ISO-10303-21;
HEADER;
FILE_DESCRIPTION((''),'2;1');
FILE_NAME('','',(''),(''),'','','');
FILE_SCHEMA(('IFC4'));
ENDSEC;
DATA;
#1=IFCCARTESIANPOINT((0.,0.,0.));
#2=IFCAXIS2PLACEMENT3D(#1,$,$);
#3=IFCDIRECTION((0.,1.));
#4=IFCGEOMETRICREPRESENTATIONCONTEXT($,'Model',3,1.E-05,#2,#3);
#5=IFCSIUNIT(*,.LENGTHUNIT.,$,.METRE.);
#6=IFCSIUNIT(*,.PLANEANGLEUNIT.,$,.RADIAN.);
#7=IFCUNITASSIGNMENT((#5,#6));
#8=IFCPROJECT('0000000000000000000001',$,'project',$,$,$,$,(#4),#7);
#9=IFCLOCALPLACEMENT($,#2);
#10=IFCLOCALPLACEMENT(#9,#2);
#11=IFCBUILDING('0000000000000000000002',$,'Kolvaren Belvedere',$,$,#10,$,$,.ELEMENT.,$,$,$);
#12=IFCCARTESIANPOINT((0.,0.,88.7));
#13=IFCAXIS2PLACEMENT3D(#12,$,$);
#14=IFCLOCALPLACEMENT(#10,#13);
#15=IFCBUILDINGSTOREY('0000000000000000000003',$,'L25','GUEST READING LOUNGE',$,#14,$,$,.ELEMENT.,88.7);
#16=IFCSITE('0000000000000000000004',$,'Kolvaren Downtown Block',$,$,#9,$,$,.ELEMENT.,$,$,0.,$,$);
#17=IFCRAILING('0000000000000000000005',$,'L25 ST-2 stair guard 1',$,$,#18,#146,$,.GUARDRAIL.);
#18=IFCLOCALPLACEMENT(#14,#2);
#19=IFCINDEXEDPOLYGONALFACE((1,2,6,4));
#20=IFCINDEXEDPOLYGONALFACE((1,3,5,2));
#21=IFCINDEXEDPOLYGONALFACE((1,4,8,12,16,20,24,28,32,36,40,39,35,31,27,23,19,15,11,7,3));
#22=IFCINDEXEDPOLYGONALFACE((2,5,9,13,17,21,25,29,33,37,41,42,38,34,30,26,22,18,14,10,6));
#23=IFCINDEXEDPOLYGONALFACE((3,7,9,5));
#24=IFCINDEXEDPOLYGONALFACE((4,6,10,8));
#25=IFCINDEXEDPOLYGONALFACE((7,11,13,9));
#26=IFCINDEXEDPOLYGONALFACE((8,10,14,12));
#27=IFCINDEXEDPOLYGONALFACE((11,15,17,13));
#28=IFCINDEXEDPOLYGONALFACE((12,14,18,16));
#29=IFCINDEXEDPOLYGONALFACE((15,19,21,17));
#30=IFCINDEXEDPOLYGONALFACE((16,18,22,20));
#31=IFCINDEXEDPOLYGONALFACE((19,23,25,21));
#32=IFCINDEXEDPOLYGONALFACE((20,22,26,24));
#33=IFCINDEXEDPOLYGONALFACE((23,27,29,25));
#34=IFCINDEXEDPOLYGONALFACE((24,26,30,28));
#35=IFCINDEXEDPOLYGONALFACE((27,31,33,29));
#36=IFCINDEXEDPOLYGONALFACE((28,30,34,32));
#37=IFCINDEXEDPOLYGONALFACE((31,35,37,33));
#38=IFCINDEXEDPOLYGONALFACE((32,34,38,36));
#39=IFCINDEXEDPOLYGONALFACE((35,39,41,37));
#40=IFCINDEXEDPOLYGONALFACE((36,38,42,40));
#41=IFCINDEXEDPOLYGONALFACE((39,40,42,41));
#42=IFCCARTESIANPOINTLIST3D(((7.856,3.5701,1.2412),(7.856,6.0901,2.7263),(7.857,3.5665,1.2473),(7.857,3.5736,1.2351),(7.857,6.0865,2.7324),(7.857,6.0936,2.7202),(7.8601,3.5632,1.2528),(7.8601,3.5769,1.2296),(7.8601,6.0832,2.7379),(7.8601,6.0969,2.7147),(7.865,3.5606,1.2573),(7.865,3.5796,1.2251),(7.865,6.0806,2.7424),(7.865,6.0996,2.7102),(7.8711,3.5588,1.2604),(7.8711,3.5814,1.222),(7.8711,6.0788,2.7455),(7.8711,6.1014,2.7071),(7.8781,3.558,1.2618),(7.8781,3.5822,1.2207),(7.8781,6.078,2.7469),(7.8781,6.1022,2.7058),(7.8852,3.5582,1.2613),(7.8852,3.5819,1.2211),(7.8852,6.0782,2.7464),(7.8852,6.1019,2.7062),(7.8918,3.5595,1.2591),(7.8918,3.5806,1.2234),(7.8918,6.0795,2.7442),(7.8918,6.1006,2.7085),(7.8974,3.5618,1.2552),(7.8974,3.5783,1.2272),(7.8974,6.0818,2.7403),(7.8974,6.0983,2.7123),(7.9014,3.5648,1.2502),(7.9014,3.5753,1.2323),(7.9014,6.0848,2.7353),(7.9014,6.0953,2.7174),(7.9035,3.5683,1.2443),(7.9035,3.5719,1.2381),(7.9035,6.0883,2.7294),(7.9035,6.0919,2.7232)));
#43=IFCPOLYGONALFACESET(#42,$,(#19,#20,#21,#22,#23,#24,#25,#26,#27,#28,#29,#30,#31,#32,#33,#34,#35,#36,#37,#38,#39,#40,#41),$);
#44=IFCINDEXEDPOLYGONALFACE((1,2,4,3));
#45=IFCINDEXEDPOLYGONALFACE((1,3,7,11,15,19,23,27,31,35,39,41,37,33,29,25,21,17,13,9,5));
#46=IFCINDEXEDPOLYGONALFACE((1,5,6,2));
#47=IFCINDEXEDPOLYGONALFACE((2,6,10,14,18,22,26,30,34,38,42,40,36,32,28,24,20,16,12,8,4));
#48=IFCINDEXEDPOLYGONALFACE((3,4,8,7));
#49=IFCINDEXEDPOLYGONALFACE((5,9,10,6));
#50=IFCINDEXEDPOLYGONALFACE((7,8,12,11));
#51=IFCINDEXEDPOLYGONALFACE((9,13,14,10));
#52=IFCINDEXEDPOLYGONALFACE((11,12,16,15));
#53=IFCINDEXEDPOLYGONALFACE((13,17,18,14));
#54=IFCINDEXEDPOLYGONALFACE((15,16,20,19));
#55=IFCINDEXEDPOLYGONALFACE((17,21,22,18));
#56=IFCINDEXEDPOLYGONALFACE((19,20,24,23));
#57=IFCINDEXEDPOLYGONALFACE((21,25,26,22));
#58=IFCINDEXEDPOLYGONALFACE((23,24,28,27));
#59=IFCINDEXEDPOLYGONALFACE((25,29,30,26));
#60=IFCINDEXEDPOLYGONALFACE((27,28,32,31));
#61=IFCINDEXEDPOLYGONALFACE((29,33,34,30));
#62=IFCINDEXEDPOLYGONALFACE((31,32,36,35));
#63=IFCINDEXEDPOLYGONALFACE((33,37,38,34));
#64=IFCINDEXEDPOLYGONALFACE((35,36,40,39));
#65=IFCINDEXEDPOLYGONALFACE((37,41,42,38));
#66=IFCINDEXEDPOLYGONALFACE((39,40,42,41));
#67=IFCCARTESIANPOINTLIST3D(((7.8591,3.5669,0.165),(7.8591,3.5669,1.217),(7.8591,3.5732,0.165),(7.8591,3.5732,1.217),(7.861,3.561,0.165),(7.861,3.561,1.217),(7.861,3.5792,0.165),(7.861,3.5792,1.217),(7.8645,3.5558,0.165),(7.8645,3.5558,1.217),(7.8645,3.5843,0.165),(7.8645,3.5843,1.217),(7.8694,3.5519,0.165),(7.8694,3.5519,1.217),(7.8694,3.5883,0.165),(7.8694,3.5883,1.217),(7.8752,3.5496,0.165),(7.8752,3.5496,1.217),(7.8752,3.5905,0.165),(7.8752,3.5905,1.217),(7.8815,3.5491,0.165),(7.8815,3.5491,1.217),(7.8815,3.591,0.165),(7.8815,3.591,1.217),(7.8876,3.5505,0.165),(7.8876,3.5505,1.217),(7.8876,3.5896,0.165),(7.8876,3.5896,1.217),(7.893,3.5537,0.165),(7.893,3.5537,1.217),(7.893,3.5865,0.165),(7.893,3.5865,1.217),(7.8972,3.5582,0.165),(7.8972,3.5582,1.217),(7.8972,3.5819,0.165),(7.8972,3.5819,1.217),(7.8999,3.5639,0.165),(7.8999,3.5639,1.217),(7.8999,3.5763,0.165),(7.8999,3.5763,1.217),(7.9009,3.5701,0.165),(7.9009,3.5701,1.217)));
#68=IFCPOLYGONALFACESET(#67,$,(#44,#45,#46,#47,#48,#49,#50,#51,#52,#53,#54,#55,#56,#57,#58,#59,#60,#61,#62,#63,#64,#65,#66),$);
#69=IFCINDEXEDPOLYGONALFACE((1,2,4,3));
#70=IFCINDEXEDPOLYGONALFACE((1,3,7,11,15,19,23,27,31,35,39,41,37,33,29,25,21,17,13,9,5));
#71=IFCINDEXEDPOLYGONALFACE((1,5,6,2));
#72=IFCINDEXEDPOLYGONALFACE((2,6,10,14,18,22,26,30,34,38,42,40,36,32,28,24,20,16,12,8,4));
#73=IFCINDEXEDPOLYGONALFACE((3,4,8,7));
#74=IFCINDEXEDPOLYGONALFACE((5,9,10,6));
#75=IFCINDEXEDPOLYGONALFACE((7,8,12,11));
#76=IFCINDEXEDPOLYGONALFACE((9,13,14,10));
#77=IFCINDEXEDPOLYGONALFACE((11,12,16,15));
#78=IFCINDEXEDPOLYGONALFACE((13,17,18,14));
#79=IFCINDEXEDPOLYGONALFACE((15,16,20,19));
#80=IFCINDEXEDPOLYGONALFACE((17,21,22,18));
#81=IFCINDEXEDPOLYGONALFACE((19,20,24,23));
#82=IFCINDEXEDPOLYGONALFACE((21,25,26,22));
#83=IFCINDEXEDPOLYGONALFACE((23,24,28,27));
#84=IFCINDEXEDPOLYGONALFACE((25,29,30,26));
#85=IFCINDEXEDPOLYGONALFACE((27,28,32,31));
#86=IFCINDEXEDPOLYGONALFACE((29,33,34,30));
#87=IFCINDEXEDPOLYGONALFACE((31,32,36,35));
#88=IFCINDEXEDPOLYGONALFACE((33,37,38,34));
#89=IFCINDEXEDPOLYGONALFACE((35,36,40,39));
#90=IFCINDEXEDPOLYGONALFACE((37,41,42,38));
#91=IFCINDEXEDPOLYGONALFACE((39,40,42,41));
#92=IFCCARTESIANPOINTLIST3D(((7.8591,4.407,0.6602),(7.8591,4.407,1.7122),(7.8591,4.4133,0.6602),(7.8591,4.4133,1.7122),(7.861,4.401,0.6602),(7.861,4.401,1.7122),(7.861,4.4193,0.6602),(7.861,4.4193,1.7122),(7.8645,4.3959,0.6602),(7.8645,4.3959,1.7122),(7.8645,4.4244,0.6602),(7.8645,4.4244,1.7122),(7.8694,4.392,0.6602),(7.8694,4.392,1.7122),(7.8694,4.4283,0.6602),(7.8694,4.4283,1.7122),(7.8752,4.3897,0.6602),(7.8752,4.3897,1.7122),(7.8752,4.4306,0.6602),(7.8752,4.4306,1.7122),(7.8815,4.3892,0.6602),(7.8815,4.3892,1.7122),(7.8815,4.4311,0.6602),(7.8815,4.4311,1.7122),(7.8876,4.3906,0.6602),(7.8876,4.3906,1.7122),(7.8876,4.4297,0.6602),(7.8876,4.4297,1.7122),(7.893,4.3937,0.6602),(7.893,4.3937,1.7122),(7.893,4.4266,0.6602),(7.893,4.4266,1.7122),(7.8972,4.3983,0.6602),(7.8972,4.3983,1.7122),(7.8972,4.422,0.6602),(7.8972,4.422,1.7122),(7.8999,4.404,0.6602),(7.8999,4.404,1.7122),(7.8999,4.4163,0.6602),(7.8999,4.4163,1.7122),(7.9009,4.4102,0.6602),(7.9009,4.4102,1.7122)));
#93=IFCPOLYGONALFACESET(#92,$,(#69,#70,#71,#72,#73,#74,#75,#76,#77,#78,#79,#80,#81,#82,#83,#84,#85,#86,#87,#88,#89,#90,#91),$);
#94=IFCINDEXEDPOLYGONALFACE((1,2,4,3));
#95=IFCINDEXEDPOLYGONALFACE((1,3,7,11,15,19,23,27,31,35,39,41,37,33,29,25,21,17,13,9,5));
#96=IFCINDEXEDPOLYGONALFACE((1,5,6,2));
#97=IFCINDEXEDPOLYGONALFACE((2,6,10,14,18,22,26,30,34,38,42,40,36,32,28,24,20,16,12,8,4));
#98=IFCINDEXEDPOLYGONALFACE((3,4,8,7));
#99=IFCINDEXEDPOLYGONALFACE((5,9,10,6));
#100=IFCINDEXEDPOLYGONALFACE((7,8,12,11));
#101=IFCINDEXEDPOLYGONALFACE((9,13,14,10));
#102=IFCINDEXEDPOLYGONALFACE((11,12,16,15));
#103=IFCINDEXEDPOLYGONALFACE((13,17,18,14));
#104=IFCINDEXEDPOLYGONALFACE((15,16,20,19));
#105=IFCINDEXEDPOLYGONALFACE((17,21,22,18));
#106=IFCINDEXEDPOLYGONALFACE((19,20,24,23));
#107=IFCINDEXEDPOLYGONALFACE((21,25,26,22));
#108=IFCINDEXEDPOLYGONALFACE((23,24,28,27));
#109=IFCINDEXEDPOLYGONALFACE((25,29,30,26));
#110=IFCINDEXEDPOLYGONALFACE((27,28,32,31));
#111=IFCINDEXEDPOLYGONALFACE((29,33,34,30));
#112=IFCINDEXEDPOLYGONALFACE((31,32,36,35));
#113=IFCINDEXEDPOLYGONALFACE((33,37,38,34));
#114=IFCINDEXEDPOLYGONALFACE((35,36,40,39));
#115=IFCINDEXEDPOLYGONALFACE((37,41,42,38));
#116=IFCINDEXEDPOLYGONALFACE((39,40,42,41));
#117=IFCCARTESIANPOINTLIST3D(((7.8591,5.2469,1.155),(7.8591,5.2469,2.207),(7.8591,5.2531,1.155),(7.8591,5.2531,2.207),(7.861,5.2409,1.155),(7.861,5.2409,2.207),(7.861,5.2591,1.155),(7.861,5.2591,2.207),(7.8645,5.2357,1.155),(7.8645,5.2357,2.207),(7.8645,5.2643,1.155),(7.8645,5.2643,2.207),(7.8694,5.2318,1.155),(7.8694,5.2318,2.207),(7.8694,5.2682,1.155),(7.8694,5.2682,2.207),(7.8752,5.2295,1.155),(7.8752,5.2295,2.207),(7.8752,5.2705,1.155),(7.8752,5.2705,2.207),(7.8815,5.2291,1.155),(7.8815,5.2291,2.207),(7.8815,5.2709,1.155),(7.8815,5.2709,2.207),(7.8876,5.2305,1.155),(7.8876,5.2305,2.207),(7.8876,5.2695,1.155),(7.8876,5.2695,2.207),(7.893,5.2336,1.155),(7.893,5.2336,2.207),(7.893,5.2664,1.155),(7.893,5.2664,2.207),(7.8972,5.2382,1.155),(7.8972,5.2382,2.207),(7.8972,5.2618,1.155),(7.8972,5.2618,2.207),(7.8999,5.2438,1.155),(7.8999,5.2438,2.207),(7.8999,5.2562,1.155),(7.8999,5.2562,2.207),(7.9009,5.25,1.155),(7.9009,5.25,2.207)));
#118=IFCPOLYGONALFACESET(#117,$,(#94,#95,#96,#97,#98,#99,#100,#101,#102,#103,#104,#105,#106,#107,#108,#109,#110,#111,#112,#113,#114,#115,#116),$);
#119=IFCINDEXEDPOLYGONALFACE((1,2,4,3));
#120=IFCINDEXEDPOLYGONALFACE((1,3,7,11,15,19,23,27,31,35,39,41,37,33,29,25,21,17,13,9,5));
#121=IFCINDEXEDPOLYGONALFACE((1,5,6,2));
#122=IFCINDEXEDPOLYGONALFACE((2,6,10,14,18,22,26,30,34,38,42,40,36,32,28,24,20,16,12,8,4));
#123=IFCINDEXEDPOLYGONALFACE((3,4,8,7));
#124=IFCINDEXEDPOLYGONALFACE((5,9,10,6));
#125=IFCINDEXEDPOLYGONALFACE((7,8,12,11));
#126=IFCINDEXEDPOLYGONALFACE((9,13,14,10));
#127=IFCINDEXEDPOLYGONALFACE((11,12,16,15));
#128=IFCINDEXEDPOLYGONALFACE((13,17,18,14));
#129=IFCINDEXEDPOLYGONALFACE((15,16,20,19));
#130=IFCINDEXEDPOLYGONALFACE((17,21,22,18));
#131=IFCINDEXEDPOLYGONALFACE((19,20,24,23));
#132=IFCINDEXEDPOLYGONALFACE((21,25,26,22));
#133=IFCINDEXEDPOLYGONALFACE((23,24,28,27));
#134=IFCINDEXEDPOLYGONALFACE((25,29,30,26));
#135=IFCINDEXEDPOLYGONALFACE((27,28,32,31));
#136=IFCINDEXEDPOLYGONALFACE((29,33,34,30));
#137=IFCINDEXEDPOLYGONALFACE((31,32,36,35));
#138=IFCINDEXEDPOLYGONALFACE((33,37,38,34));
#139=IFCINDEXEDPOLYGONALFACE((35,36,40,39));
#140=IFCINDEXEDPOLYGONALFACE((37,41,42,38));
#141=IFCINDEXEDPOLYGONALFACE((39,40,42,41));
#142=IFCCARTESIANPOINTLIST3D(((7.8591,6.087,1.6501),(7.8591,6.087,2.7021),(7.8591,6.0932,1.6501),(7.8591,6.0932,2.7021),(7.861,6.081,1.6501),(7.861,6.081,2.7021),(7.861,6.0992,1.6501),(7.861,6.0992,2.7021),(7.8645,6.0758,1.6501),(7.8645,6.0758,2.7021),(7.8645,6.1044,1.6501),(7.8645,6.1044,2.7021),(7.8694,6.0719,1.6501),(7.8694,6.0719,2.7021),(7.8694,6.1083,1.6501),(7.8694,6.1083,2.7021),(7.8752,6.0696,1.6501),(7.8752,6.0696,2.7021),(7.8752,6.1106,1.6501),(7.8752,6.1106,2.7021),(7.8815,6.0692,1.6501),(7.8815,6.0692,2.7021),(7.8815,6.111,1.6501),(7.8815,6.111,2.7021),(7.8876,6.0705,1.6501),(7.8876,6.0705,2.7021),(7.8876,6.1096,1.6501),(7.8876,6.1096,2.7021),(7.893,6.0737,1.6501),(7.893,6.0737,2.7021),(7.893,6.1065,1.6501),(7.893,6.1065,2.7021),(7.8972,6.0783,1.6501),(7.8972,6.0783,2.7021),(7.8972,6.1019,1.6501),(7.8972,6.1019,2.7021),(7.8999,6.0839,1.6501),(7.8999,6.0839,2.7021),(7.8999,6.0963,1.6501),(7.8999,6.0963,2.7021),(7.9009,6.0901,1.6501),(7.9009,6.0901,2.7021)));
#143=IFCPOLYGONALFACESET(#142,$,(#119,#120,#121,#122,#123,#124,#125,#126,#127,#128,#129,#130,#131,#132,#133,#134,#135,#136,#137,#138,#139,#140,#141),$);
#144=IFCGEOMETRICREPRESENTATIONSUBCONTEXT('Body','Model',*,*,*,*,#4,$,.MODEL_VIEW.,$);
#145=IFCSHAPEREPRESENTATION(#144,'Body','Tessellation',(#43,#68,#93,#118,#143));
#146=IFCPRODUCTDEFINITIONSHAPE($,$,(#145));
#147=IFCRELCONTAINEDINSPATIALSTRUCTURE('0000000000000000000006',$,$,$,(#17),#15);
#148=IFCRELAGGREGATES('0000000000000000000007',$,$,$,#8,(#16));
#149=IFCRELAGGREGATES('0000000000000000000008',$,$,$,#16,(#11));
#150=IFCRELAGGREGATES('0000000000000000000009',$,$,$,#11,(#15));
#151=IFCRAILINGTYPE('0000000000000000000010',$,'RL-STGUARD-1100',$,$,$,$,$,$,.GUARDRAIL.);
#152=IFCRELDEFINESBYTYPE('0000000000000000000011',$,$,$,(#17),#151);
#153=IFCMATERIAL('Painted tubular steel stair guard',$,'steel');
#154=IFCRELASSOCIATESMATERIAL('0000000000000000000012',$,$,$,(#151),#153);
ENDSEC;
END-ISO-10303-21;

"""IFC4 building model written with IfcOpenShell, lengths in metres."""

from ifc_helpers import new_model, si_unit, direction, frame, origin, origin_2d, place, context, subcontext, project, spatial, circle, extrude, material, type_object, element, save


model = new_model("IFC4")

# Units and contexts
model_context = context("Model", 3, precision=1e-05, world=origin(), true_north=direction((0.0, 1.0)))
body_context = subcontext(model_context, "Body", "Model", "MODEL_VIEW")
ifc_project = project(units=[si_unit("LENGTHUNIT", "METRE"), si_unit("PLANEANGLEUNIT", "RADIAN")], contexts=[model_context])

# Site, building, storey
site_placement = place(None, origin())
site = spatial("IfcSite", under=ifc_project, at=site_placement, Name="Kolvaren Downtown Block", CompositionType="ELEMENT", RefElevation=0.0)
building_placement = place(site_placement, origin())
building = spatial("IfcBuilding", under=site, at=building_placement, Name="Kolvaren Belvedere", CompositionType="ELEMENT")
storey_placement = place(building_placement, frame((0.0, 0.0, 88.7)))
storey = spatial("IfcBuildingStorey", under=building, at=storey_placement, Name="L25", Description="GUEST READING LOUNGE", CompositionType="ELEMENT", Elevation=88.7)

# Railing
ifc_material_1 = material(Name="Painted tubular steel stair guard", Category="steel")
railing_type_1 = type_object("IfcRailingType", Name="RL-STGUARD-1100", PredefinedType="GUARDRAIL", material=ifc_material_1)
railing_1_placement = place(storey_placement, frame((7.8799, 3.5701, 0.165)))
element("IfcRailing", 1, at=railing_1_placement, inside=storey, type_object=railing_type_1, Name="L25 ST-2 stair guard 1", PredefinedType="GUARDRAIL", context=body_context, shape_type="SweptSolid", body=[
    extrude(circle(Radius=0.0239, at=origin_2d()), frame((0.0, 0.0, 1.0762), z_axis=(0.0, 0.861524, 0.507717), x_axis=(-1.0, 0.0, 0.0)), (0.0, 0.0, 1.0), 2.925),
    extrude(circle(Radius=0.021, at=origin_2d()), origin(), (0.0, 0.0, 1.0), 1.052),
    extrude(circle(Radius=0.021, at=origin_2d()), frame((0.0, 0.8401, 0.4951)), (0.0, 0.0, 1.0), 1.052),
    extrude(circle(Radius=0.021, at=origin_2d()), frame((0.0, 1.6799, 0.99)), (0.0, 0.0, 1.0), 1.052),
    extrude(circle(Radius=0.021, at=origin_2d()), frame((0.0, 2.52, 1.4851)), (0.0, 0.0, 1.0), 1.052),
])

save(model, "model.ifc")
